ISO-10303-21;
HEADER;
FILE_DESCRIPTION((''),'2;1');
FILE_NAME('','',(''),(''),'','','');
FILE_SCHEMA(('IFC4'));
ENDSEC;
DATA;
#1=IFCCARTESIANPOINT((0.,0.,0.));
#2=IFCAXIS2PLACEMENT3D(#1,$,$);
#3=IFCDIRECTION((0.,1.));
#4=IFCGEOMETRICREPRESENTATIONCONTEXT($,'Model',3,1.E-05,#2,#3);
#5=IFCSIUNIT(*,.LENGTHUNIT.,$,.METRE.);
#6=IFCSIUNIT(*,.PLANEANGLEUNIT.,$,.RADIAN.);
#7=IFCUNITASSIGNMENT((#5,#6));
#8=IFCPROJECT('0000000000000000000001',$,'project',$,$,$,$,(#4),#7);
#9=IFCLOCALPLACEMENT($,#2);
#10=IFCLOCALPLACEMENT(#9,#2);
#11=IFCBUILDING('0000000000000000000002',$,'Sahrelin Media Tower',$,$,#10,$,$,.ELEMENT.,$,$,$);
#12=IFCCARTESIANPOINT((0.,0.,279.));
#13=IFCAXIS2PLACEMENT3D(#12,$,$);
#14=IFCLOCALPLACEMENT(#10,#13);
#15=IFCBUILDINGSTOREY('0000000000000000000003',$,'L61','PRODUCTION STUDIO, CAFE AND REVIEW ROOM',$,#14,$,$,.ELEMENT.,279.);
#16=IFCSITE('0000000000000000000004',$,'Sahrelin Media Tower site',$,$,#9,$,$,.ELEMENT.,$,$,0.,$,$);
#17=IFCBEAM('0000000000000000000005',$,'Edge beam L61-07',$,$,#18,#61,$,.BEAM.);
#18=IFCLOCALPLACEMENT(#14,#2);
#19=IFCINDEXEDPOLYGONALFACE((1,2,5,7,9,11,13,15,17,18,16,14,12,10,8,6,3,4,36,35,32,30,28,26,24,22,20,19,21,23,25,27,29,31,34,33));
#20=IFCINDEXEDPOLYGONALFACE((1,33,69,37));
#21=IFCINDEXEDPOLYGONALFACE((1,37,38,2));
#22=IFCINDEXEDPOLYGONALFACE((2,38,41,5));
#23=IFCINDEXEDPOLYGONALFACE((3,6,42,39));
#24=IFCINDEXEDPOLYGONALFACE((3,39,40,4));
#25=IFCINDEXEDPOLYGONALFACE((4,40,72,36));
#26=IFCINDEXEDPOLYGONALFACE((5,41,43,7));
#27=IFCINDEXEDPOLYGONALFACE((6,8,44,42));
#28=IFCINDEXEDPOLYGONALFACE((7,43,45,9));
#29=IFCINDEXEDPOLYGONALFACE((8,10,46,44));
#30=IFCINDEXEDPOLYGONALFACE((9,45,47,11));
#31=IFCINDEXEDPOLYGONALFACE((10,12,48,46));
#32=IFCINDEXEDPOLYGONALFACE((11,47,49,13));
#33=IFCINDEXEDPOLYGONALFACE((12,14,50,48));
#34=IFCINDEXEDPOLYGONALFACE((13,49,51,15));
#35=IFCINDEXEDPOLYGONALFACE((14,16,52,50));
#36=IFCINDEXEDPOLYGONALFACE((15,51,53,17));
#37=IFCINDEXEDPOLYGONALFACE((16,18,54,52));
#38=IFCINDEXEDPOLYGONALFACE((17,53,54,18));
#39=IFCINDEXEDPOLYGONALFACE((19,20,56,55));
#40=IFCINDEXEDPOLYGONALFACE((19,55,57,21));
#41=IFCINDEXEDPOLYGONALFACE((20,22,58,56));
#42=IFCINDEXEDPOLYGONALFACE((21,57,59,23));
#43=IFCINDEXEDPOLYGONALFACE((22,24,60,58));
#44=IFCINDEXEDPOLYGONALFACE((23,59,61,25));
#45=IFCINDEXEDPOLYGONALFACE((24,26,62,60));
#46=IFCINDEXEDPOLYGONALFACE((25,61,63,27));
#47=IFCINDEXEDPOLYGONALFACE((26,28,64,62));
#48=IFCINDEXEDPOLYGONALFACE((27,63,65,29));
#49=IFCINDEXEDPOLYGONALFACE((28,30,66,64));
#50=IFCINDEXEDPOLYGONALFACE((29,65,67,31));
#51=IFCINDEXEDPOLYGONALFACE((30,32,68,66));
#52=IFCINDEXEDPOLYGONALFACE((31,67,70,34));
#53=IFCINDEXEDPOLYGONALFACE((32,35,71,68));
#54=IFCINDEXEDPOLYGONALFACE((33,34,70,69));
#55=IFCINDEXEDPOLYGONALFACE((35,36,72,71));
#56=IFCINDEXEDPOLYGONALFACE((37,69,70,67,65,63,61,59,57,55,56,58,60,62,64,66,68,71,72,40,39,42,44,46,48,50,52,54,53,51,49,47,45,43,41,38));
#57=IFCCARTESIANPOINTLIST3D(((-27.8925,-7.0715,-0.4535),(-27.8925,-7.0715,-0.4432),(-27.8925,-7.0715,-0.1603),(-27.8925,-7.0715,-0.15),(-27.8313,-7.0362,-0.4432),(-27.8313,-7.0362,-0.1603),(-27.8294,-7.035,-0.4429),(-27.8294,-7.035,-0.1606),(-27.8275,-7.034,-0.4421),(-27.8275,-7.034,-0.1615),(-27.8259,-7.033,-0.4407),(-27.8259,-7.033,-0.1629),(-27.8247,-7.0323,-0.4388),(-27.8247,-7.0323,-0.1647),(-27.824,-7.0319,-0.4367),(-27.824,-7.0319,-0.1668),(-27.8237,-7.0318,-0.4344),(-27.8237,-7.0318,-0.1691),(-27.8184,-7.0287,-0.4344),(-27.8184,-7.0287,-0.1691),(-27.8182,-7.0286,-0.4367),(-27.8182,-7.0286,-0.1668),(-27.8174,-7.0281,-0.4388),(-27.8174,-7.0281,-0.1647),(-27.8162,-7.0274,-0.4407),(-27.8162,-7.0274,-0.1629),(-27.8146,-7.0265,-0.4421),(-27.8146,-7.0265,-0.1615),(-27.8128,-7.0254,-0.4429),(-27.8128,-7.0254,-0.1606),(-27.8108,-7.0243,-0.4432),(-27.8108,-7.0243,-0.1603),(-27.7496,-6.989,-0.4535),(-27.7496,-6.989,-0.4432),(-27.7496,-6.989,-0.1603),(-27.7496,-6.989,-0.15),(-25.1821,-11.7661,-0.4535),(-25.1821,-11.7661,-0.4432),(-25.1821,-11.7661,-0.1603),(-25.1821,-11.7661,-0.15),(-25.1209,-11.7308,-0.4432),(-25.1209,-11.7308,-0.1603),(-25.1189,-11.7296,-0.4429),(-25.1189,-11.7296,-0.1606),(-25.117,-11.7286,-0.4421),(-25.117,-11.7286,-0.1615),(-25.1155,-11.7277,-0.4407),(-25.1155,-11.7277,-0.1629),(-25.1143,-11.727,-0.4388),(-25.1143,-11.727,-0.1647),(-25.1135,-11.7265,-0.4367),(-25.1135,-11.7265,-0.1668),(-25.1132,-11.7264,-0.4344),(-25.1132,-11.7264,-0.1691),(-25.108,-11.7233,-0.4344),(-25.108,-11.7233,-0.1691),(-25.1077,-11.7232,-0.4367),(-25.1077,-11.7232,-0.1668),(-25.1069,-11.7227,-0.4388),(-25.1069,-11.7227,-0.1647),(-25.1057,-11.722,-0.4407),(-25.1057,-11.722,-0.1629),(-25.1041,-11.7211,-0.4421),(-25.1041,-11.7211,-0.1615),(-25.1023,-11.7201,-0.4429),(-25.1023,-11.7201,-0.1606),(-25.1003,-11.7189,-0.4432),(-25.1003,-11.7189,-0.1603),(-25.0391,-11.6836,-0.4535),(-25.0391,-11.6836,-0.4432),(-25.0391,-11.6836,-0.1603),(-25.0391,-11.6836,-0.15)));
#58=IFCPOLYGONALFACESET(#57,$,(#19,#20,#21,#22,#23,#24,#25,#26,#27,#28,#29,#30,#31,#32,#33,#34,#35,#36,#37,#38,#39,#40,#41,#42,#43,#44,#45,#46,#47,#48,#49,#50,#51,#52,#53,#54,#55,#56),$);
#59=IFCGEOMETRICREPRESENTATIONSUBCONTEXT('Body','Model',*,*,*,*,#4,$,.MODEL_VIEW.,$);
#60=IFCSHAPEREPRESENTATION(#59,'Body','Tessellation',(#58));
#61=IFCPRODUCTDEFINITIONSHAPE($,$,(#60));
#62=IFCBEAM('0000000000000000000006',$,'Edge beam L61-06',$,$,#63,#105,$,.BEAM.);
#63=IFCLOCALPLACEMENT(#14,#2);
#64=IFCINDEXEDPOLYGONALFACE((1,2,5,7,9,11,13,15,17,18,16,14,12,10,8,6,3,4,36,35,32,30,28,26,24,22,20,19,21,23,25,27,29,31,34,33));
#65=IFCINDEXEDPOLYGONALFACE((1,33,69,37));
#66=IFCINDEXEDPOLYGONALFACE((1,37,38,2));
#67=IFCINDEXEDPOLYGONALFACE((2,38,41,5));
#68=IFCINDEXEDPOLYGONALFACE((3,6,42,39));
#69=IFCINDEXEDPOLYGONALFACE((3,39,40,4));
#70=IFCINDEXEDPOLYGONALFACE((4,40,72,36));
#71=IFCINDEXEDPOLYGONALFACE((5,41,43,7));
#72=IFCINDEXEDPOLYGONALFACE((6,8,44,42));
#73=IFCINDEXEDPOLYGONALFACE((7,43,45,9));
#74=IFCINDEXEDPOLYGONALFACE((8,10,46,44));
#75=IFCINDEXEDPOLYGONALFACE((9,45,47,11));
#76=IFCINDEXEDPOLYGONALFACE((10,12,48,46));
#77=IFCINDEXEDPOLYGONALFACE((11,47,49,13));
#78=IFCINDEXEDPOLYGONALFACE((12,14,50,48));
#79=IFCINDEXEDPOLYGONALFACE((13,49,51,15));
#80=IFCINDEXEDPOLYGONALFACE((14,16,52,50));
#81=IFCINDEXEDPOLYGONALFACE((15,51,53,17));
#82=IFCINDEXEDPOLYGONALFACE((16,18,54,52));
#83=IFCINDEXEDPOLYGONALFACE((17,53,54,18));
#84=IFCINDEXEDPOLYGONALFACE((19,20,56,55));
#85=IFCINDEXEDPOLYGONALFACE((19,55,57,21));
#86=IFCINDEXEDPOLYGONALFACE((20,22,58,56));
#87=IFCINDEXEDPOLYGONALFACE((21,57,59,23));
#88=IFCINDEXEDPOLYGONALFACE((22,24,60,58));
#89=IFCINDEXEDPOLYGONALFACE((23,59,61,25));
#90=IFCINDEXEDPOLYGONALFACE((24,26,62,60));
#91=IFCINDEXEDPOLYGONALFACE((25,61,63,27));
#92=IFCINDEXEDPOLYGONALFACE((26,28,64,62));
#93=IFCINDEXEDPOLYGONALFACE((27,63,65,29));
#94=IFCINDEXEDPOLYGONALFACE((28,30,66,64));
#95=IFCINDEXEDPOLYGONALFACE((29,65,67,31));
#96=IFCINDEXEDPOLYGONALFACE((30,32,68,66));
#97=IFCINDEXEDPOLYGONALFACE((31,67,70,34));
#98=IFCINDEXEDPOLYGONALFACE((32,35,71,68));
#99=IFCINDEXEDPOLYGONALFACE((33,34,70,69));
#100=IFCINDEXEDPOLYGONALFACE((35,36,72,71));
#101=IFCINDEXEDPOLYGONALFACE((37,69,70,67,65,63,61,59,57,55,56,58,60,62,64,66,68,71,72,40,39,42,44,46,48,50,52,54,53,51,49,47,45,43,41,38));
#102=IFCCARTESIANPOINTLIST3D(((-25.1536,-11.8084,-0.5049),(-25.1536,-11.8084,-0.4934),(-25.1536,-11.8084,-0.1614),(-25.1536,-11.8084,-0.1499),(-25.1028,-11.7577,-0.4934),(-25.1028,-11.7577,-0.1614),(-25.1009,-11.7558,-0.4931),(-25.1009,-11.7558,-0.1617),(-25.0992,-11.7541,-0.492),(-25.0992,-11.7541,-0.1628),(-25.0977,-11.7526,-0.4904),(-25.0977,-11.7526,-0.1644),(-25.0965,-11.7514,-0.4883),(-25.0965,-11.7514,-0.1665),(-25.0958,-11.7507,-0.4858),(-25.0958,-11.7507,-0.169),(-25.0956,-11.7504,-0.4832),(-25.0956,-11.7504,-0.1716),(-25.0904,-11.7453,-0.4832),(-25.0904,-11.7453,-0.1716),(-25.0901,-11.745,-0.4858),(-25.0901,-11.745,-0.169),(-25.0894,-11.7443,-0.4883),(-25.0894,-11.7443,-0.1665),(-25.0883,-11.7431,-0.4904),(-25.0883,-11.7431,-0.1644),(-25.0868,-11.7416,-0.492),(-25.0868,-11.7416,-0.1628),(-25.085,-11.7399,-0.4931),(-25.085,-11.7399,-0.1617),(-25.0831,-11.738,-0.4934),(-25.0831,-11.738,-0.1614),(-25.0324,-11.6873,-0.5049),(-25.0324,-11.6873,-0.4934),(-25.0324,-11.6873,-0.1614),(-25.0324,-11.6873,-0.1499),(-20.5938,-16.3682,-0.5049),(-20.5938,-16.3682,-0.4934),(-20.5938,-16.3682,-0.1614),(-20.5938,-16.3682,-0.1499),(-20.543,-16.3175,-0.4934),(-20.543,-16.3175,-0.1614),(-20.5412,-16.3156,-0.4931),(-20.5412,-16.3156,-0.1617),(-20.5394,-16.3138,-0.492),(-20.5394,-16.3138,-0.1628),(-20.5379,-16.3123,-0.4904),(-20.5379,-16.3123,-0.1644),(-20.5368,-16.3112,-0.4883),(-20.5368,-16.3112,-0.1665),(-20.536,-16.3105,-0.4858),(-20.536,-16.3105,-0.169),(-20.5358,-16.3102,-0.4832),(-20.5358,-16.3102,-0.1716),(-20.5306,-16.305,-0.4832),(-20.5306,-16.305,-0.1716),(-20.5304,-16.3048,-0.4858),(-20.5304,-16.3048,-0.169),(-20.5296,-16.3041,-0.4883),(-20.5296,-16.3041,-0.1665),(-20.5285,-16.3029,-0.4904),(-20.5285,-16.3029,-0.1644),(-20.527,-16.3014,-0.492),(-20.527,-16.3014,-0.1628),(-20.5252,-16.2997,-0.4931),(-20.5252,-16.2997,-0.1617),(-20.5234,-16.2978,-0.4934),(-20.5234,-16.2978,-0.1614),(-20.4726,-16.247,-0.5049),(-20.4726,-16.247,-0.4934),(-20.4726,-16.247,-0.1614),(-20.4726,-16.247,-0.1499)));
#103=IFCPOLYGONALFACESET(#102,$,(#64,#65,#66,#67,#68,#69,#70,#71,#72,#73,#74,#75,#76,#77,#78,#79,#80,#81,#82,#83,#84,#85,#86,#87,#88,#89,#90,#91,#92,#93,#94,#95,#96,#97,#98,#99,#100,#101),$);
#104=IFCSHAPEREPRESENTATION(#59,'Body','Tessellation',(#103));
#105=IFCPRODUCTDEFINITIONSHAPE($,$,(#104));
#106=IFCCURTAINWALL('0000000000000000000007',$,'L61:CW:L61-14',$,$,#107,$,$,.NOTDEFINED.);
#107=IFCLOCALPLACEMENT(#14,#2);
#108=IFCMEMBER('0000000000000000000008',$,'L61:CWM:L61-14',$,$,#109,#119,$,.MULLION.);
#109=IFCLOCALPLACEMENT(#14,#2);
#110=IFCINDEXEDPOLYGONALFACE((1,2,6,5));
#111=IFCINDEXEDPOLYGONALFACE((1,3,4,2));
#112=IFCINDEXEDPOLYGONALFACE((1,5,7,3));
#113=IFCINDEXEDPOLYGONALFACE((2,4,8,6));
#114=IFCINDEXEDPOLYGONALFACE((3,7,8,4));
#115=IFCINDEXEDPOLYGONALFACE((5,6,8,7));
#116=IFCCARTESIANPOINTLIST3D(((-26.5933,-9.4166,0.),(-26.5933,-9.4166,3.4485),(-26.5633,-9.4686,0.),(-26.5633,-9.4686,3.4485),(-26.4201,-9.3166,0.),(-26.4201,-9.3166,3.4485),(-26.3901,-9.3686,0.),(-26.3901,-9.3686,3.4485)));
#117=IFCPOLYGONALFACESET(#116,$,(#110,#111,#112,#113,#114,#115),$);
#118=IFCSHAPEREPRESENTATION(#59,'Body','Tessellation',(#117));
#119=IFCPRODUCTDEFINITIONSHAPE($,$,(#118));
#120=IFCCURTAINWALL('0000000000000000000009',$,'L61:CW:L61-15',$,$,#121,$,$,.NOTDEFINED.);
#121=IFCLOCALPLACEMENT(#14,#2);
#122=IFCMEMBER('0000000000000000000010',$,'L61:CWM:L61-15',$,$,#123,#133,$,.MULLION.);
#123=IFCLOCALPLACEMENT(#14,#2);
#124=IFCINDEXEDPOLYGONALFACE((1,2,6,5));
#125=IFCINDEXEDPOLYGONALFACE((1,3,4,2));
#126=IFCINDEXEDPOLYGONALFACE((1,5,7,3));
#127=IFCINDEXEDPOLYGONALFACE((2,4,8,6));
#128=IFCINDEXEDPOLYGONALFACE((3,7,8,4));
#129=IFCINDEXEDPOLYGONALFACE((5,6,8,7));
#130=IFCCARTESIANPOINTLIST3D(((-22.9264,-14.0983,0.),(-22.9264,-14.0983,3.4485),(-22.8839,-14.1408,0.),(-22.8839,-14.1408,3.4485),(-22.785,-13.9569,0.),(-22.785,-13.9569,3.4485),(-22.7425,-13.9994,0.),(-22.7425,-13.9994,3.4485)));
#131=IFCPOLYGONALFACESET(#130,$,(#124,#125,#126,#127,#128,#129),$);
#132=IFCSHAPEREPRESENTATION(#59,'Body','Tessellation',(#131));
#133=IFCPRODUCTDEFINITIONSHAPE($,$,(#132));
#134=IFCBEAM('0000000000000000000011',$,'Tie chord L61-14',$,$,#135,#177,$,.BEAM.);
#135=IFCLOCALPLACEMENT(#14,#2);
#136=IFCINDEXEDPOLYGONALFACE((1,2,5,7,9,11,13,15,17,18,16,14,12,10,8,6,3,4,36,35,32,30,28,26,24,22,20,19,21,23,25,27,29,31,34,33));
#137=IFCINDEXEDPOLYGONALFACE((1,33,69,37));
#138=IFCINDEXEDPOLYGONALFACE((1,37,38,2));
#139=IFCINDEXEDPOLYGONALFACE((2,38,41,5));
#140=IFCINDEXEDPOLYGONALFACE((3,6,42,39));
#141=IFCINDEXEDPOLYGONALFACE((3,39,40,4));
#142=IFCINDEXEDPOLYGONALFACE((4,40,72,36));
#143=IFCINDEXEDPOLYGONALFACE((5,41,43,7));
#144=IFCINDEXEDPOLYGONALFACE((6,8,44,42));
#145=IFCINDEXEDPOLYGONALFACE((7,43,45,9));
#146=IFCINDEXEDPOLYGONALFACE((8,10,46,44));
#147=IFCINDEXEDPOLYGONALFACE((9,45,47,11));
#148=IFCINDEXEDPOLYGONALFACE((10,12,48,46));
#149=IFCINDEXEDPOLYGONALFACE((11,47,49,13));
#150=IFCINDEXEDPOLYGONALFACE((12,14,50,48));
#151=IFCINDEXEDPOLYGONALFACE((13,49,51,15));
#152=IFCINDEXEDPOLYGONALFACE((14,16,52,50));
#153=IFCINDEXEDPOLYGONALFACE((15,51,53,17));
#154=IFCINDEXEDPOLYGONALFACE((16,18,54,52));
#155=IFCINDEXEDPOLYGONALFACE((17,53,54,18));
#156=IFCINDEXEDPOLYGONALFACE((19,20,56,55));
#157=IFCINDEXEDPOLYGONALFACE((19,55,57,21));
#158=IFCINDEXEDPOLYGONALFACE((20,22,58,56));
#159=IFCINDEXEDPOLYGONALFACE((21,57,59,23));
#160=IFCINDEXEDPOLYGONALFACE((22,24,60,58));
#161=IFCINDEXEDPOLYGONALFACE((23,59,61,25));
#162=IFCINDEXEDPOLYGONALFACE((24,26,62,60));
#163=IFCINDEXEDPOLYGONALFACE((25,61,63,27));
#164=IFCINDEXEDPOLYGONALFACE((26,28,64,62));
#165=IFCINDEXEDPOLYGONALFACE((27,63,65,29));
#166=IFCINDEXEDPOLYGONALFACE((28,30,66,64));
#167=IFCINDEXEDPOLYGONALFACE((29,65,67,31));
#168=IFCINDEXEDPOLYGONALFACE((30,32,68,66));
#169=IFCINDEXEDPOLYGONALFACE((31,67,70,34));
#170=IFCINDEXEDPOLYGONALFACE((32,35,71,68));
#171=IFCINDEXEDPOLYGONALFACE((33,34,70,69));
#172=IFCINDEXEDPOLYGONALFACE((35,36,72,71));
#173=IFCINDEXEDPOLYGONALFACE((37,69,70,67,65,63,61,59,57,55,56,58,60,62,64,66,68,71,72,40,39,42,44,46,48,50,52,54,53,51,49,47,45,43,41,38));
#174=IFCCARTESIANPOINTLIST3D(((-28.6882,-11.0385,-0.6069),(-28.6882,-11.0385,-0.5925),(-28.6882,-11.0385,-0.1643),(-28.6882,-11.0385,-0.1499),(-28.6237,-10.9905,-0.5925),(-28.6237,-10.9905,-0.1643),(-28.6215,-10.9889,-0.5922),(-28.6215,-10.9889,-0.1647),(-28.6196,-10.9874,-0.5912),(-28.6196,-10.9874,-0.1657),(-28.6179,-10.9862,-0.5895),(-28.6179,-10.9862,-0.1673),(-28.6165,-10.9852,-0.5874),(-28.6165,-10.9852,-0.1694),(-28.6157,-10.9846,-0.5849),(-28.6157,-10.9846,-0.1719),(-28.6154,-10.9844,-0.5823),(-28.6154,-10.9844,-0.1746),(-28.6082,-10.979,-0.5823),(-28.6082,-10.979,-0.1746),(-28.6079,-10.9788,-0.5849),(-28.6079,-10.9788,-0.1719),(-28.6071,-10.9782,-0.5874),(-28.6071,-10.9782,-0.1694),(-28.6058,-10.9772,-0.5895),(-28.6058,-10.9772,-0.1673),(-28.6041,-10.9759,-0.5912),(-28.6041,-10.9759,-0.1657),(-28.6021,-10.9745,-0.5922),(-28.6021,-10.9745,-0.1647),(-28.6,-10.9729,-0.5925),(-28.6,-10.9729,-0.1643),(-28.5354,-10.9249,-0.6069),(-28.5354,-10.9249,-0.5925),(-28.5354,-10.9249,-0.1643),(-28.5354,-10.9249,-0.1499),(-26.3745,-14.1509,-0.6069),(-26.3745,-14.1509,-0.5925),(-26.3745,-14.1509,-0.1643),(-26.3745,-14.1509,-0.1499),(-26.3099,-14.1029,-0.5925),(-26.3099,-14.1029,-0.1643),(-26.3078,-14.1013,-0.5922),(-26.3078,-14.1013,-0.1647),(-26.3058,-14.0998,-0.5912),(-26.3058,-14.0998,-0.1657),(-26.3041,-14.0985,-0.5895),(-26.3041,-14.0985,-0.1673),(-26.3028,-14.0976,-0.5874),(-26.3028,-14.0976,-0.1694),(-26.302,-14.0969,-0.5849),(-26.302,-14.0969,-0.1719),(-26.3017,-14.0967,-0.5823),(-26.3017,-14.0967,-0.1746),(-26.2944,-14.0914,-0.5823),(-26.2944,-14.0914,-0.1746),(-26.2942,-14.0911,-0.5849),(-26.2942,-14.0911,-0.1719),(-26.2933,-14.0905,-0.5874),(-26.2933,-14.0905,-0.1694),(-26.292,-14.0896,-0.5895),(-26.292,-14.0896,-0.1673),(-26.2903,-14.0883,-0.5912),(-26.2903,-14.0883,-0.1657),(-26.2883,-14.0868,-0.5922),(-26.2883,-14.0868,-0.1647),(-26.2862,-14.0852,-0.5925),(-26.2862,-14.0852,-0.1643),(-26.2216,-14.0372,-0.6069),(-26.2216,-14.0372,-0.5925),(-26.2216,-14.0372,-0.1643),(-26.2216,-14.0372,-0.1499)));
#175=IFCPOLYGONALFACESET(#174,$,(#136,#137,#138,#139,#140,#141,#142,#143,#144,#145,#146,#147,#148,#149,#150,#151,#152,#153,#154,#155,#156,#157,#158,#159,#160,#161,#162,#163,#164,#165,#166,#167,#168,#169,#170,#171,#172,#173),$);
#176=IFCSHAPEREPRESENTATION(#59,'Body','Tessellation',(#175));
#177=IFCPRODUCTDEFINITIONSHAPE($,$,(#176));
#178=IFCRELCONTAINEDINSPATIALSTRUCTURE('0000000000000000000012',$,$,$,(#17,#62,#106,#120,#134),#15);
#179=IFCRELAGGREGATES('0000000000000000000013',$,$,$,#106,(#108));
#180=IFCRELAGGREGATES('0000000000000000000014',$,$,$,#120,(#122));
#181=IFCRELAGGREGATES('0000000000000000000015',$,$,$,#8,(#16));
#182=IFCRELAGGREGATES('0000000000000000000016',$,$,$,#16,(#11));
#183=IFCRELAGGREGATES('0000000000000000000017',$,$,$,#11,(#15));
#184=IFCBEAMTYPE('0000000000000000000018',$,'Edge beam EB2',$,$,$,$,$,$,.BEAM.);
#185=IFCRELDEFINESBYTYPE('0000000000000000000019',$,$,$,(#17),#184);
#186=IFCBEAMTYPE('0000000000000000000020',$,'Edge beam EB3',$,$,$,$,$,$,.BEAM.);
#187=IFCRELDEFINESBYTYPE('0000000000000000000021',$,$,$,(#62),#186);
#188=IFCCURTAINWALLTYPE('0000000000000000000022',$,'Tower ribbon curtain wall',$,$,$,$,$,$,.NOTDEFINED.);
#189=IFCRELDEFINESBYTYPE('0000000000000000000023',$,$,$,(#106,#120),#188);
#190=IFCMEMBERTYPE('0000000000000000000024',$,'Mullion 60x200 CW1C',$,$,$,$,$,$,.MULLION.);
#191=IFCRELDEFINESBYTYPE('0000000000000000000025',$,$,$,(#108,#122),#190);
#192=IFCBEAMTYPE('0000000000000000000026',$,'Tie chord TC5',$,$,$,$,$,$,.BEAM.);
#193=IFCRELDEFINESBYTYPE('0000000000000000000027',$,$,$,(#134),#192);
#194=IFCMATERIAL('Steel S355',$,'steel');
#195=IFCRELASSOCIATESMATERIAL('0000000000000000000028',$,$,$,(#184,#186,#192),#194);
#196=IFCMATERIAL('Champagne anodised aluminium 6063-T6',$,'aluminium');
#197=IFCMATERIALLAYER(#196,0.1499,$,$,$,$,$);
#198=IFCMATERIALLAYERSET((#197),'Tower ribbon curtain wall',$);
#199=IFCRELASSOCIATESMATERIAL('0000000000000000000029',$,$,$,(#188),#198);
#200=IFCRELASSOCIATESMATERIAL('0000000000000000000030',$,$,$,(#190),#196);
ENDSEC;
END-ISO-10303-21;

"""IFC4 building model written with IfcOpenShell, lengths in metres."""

from ifc_helpers import new_model, si_unit, direction, frame, origin, origin_2d, place, context, subcontext, project, spatial, rectangle, i_section, extrude, material, layer, layer_set, material_profile, profile_set, type_object, element, aggregate, save


model = new_model("IFC4")

# Units and contexts
model_context = context("Model", 3, precision=1e-05, world=origin(), true_north=direction((0.0, 1.0)))
body_context = subcontext(model_context, "Body", "Model", "MODEL_VIEW")
ifc_project = project(units=[si_unit("LENGTHUNIT", "METRE"), si_unit("PLANEANGLEUNIT", "RADIAN")], contexts=[model_context])

# Site, building, storey
site_placement = place(None, origin())
site = spatial("IfcSite", under=ifc_project, at=site_placement, Name="Sahrelin Media Tower site", CompositionType="ELEMENT", RefElevation=0.0)
building_placement = place(site_placement, origin())
building = spatial("IfcBuilding", under=site, at=building_placement, Name="Sahrelin Media Tower", CompositionType="ELEMENT")
storey_placement = place(building_placement, frame((0.0, 0.0, 279.0)))
storey = spatial("IfcBuildingStorey", under=building, at=storey_placement, Name="L61", Description="PRODUCTION STUDIO, CAFE AND REVIEW ROOM", CompositionType="ELEMENT", Elevation=279.0)

# Beams
ifc_material_1 = material(Name="Steel S355", Category="steel")
ifc_material_profile_1 = material_profile(ifc_material_1, i_section(OverallWidth=0.165, OverallDepth=0.3035, WebThickness=0.0061, FlangeThickness=0.0103, FilletRadius=0.0088, at=origin_2d()), Name="UB 305x165x40")
ifc_profile_set_1 = profile_set([ifc_material_profile_1], Name="Steel S355")
beam_type_1 = type_object("IfcBeamType", Name="Edge beam EB2", PredefinedType="BEAM", material=ifc_profile_set_1)
beam_1_placement = place(storey_placement, frame((-25.1106, -11.7249, -0.3018), z_axis=(-0.500004, 0.866023, 0.0), x_axis=(-0.866023, -0.500004, 0.0)))
element("IfcBeam", 1, at=beam_1_placement, inside=storey, type_object=beam_type_1, Name="Edge beam L61-07", PredefinedType="BEAM", context=body_context, shape_type="SweptSolid", body=[
    extrude(i_section(OverallWidth=0.165, OverallDepth=0.3035, WebThickness=0.0061, FlangeThickness=0.0103, FilletRadius=0.0088, at=origin_2d()), origin(), (0.0, 0.0, 1.0), 5.4209),
])
ifc_material_profile_2 = material_profile(ifc_material_1, i_section(OverallWidth=0.1714, OverallDepth=0.355, WebThickness=0.0073, FlangeThickness=0.0115, FilletRadius=0.0103, at=origin_2d()), Name="UB 356x171x51")
ifc_profile_set_2 = profile_set([ifc_material_profile_2], Name="Steel S355")
beam_type_2 = type_object("IfcBeamType", Name="Edge beam EB3", PredefinedType="BEAM", material=ifc_profile_set_2)
beam_2_placement = place(storey_placement, frame((-20.5332, -16.3076, -0.3274), z_axis=(-0.707107, 0.707107, 0.0), x_axis=(-0.707107, -0.707107, 0.0)))
element("IfcBeam", 2, at=beam_2_placement, inside=storey, type_object=beam_type_2, Name="Edge beam L61-06", PredefinedType="BEAM", context=body_context, shape_type="SweptSolid", body=[
    extrude(i_section(OverallWidth=0.1714, OverallDepth=0.355, WebThickness=0.0073, FlangeThickness=0.0115, FilletRadius=0.0103, at=origin_2d()), origin(), (0.0, 0.0, 1.0), 6.4485),
])

# Curtain walls, members
ifc_material_2 = material(Name="Champagne anodised aluminium 6063-T6", Category="aluminium")
ifc_layer_1 = layer(ifc_material_2, 0.1499)
ifc_layer_set_1 = layer_set([ifc_layer_1], Name="Tower ribbon curtain wall")
curtain_wall_type = type_object("IfcCurtainWallType", Name="Tower ribbon curtain wall", PredefinedType="NOTDEFINED", material=ifc_layer_set_1)
curtain_wall_1_placement = place(storey_placement, frame((-26.5957, -9.4524, 0.0), z_axis=(0.0, 0.0, 1.0), x_axis=(1.0, 0.0, 0.0)))
curtain_wall_1 = element("IfcCurtainWall", 3, at=curtain_wall_1_placement, inside=storey, type_object=curtain_wall_type, Name="L61:CW:L61-14", PredefinedType="NOTDEFINED")
ifc_material_profile_3 = material_profile(ifc_material_2, rectangle(XDim=0.0601, YDim=0.2, at=origin_2d()), Name="Mullion 60x200")
ifc_profile_set_3 = profile_set([ifc_material_profile_3], Name="Champagne anodised aluminium 6063-T6")
member_type_1 = type_object("IfcMemberType", Name="Mullion 60x200 CW1C", PredefinedType="MULLION", material=ifc_profile_set_3)
member_1_placement = place(storey_placement, frame((-26.4917, -9.3926, 0.0), z_axis=(0.0, 0.0, 1.0), x_axis=(0.499997, -0.866027, 0.0)))
member_1 = element("IfcMember", 4, at=member_1_placement, type_object=member_type_1, Name="L61:CWM:L61-14", PredefinedType="MULLION", context=body_context, shape_type="SweptSolid", body=[
    extrude(rectangle(XDim=0.0601, YDim=0.2, at=origin_2d()), origin(), (0.0, 0.0, 1.0), 3.4485),
])
curtain_wall_2_placement = place(storey_placement, frame((-22.9192, -14.1335, 0.0), z_axis=(0.0, 0.0, 1.0), x_axis=(1.0, 0.0, 0.0)))
curtain_wall_2 = element("IfcCurtainWall", 5, at=curtain_wall_2_placement, inside=storey, type_object=curtain_wall_type, Name="L61:CW:L61-15", PredefinedType="NOTDEFINED")
member_2_placement = place(storey_placement, frame((-22.8345, -14.0488, 0.0), z_axis=(0.0, 0.0, 1.0), x_axis=(0.707107, -0.707107, 0.0)))
member_2 = element("IfcMember", 6, at=member_2_placement, type_object=member_type_1, Name="L61:CWM:L61-15", PredefinedType="MULLION", context=body_context, shape_type="SweptSolid", body=[
    extrude(rectangle(XDim=0.0601, YDim=0.2, at=origin_2d()), origin(), (0.0, 0.0, 1.0), 3.4485),
])

# Beam
ifc_material_profile_4 = material_profile(ifc_material_1, i_section(OverallWidth=0.1904, OverallDepth=0.457, WebThickness=0.009, FlangeThickness=0.0144, FilletRadius=0.0103, at=origin_2d()), Name="UB 457x191x74")
ifc_profile_set_4 = profile_set([ifc_material_profile_4], Name="Steel S355")
beam_type_3 = type_object("IfcBeamType", Name="Tie chord TC5", PredefinedType="BEAM", material=ifc_profile_set_4)
beam_3_placement = place(storey_placement, frame((-28.6118, -10.9817, -0.3784), z_axis=(0.59661, -0.802531, 0.0), x_axis=(0.802531, 0.59661, 0.0)))
element("IfcBeam", 7, at=beam_3_placement, inside=storey, type_object=beam_type_3, Name="Tie chord L61-14", PredefinedType="BEAM", context=body_context, shape_type="SweptSolid", body=[
    extrude(i_section(OverallWidth=0.1904, OverallDepth=0.457, WebThickness=0.009, FlangeThickness=0.0144, FilletRadius=0.0103, at=origin_2d()), origin(), (0.0, 0.0, 1.0), 3.8782),
])

aggregate(curtain_wall_1, [member_1])
aggregate(curtain_wall_2, [member_2])

save(model, "model.ifc")
